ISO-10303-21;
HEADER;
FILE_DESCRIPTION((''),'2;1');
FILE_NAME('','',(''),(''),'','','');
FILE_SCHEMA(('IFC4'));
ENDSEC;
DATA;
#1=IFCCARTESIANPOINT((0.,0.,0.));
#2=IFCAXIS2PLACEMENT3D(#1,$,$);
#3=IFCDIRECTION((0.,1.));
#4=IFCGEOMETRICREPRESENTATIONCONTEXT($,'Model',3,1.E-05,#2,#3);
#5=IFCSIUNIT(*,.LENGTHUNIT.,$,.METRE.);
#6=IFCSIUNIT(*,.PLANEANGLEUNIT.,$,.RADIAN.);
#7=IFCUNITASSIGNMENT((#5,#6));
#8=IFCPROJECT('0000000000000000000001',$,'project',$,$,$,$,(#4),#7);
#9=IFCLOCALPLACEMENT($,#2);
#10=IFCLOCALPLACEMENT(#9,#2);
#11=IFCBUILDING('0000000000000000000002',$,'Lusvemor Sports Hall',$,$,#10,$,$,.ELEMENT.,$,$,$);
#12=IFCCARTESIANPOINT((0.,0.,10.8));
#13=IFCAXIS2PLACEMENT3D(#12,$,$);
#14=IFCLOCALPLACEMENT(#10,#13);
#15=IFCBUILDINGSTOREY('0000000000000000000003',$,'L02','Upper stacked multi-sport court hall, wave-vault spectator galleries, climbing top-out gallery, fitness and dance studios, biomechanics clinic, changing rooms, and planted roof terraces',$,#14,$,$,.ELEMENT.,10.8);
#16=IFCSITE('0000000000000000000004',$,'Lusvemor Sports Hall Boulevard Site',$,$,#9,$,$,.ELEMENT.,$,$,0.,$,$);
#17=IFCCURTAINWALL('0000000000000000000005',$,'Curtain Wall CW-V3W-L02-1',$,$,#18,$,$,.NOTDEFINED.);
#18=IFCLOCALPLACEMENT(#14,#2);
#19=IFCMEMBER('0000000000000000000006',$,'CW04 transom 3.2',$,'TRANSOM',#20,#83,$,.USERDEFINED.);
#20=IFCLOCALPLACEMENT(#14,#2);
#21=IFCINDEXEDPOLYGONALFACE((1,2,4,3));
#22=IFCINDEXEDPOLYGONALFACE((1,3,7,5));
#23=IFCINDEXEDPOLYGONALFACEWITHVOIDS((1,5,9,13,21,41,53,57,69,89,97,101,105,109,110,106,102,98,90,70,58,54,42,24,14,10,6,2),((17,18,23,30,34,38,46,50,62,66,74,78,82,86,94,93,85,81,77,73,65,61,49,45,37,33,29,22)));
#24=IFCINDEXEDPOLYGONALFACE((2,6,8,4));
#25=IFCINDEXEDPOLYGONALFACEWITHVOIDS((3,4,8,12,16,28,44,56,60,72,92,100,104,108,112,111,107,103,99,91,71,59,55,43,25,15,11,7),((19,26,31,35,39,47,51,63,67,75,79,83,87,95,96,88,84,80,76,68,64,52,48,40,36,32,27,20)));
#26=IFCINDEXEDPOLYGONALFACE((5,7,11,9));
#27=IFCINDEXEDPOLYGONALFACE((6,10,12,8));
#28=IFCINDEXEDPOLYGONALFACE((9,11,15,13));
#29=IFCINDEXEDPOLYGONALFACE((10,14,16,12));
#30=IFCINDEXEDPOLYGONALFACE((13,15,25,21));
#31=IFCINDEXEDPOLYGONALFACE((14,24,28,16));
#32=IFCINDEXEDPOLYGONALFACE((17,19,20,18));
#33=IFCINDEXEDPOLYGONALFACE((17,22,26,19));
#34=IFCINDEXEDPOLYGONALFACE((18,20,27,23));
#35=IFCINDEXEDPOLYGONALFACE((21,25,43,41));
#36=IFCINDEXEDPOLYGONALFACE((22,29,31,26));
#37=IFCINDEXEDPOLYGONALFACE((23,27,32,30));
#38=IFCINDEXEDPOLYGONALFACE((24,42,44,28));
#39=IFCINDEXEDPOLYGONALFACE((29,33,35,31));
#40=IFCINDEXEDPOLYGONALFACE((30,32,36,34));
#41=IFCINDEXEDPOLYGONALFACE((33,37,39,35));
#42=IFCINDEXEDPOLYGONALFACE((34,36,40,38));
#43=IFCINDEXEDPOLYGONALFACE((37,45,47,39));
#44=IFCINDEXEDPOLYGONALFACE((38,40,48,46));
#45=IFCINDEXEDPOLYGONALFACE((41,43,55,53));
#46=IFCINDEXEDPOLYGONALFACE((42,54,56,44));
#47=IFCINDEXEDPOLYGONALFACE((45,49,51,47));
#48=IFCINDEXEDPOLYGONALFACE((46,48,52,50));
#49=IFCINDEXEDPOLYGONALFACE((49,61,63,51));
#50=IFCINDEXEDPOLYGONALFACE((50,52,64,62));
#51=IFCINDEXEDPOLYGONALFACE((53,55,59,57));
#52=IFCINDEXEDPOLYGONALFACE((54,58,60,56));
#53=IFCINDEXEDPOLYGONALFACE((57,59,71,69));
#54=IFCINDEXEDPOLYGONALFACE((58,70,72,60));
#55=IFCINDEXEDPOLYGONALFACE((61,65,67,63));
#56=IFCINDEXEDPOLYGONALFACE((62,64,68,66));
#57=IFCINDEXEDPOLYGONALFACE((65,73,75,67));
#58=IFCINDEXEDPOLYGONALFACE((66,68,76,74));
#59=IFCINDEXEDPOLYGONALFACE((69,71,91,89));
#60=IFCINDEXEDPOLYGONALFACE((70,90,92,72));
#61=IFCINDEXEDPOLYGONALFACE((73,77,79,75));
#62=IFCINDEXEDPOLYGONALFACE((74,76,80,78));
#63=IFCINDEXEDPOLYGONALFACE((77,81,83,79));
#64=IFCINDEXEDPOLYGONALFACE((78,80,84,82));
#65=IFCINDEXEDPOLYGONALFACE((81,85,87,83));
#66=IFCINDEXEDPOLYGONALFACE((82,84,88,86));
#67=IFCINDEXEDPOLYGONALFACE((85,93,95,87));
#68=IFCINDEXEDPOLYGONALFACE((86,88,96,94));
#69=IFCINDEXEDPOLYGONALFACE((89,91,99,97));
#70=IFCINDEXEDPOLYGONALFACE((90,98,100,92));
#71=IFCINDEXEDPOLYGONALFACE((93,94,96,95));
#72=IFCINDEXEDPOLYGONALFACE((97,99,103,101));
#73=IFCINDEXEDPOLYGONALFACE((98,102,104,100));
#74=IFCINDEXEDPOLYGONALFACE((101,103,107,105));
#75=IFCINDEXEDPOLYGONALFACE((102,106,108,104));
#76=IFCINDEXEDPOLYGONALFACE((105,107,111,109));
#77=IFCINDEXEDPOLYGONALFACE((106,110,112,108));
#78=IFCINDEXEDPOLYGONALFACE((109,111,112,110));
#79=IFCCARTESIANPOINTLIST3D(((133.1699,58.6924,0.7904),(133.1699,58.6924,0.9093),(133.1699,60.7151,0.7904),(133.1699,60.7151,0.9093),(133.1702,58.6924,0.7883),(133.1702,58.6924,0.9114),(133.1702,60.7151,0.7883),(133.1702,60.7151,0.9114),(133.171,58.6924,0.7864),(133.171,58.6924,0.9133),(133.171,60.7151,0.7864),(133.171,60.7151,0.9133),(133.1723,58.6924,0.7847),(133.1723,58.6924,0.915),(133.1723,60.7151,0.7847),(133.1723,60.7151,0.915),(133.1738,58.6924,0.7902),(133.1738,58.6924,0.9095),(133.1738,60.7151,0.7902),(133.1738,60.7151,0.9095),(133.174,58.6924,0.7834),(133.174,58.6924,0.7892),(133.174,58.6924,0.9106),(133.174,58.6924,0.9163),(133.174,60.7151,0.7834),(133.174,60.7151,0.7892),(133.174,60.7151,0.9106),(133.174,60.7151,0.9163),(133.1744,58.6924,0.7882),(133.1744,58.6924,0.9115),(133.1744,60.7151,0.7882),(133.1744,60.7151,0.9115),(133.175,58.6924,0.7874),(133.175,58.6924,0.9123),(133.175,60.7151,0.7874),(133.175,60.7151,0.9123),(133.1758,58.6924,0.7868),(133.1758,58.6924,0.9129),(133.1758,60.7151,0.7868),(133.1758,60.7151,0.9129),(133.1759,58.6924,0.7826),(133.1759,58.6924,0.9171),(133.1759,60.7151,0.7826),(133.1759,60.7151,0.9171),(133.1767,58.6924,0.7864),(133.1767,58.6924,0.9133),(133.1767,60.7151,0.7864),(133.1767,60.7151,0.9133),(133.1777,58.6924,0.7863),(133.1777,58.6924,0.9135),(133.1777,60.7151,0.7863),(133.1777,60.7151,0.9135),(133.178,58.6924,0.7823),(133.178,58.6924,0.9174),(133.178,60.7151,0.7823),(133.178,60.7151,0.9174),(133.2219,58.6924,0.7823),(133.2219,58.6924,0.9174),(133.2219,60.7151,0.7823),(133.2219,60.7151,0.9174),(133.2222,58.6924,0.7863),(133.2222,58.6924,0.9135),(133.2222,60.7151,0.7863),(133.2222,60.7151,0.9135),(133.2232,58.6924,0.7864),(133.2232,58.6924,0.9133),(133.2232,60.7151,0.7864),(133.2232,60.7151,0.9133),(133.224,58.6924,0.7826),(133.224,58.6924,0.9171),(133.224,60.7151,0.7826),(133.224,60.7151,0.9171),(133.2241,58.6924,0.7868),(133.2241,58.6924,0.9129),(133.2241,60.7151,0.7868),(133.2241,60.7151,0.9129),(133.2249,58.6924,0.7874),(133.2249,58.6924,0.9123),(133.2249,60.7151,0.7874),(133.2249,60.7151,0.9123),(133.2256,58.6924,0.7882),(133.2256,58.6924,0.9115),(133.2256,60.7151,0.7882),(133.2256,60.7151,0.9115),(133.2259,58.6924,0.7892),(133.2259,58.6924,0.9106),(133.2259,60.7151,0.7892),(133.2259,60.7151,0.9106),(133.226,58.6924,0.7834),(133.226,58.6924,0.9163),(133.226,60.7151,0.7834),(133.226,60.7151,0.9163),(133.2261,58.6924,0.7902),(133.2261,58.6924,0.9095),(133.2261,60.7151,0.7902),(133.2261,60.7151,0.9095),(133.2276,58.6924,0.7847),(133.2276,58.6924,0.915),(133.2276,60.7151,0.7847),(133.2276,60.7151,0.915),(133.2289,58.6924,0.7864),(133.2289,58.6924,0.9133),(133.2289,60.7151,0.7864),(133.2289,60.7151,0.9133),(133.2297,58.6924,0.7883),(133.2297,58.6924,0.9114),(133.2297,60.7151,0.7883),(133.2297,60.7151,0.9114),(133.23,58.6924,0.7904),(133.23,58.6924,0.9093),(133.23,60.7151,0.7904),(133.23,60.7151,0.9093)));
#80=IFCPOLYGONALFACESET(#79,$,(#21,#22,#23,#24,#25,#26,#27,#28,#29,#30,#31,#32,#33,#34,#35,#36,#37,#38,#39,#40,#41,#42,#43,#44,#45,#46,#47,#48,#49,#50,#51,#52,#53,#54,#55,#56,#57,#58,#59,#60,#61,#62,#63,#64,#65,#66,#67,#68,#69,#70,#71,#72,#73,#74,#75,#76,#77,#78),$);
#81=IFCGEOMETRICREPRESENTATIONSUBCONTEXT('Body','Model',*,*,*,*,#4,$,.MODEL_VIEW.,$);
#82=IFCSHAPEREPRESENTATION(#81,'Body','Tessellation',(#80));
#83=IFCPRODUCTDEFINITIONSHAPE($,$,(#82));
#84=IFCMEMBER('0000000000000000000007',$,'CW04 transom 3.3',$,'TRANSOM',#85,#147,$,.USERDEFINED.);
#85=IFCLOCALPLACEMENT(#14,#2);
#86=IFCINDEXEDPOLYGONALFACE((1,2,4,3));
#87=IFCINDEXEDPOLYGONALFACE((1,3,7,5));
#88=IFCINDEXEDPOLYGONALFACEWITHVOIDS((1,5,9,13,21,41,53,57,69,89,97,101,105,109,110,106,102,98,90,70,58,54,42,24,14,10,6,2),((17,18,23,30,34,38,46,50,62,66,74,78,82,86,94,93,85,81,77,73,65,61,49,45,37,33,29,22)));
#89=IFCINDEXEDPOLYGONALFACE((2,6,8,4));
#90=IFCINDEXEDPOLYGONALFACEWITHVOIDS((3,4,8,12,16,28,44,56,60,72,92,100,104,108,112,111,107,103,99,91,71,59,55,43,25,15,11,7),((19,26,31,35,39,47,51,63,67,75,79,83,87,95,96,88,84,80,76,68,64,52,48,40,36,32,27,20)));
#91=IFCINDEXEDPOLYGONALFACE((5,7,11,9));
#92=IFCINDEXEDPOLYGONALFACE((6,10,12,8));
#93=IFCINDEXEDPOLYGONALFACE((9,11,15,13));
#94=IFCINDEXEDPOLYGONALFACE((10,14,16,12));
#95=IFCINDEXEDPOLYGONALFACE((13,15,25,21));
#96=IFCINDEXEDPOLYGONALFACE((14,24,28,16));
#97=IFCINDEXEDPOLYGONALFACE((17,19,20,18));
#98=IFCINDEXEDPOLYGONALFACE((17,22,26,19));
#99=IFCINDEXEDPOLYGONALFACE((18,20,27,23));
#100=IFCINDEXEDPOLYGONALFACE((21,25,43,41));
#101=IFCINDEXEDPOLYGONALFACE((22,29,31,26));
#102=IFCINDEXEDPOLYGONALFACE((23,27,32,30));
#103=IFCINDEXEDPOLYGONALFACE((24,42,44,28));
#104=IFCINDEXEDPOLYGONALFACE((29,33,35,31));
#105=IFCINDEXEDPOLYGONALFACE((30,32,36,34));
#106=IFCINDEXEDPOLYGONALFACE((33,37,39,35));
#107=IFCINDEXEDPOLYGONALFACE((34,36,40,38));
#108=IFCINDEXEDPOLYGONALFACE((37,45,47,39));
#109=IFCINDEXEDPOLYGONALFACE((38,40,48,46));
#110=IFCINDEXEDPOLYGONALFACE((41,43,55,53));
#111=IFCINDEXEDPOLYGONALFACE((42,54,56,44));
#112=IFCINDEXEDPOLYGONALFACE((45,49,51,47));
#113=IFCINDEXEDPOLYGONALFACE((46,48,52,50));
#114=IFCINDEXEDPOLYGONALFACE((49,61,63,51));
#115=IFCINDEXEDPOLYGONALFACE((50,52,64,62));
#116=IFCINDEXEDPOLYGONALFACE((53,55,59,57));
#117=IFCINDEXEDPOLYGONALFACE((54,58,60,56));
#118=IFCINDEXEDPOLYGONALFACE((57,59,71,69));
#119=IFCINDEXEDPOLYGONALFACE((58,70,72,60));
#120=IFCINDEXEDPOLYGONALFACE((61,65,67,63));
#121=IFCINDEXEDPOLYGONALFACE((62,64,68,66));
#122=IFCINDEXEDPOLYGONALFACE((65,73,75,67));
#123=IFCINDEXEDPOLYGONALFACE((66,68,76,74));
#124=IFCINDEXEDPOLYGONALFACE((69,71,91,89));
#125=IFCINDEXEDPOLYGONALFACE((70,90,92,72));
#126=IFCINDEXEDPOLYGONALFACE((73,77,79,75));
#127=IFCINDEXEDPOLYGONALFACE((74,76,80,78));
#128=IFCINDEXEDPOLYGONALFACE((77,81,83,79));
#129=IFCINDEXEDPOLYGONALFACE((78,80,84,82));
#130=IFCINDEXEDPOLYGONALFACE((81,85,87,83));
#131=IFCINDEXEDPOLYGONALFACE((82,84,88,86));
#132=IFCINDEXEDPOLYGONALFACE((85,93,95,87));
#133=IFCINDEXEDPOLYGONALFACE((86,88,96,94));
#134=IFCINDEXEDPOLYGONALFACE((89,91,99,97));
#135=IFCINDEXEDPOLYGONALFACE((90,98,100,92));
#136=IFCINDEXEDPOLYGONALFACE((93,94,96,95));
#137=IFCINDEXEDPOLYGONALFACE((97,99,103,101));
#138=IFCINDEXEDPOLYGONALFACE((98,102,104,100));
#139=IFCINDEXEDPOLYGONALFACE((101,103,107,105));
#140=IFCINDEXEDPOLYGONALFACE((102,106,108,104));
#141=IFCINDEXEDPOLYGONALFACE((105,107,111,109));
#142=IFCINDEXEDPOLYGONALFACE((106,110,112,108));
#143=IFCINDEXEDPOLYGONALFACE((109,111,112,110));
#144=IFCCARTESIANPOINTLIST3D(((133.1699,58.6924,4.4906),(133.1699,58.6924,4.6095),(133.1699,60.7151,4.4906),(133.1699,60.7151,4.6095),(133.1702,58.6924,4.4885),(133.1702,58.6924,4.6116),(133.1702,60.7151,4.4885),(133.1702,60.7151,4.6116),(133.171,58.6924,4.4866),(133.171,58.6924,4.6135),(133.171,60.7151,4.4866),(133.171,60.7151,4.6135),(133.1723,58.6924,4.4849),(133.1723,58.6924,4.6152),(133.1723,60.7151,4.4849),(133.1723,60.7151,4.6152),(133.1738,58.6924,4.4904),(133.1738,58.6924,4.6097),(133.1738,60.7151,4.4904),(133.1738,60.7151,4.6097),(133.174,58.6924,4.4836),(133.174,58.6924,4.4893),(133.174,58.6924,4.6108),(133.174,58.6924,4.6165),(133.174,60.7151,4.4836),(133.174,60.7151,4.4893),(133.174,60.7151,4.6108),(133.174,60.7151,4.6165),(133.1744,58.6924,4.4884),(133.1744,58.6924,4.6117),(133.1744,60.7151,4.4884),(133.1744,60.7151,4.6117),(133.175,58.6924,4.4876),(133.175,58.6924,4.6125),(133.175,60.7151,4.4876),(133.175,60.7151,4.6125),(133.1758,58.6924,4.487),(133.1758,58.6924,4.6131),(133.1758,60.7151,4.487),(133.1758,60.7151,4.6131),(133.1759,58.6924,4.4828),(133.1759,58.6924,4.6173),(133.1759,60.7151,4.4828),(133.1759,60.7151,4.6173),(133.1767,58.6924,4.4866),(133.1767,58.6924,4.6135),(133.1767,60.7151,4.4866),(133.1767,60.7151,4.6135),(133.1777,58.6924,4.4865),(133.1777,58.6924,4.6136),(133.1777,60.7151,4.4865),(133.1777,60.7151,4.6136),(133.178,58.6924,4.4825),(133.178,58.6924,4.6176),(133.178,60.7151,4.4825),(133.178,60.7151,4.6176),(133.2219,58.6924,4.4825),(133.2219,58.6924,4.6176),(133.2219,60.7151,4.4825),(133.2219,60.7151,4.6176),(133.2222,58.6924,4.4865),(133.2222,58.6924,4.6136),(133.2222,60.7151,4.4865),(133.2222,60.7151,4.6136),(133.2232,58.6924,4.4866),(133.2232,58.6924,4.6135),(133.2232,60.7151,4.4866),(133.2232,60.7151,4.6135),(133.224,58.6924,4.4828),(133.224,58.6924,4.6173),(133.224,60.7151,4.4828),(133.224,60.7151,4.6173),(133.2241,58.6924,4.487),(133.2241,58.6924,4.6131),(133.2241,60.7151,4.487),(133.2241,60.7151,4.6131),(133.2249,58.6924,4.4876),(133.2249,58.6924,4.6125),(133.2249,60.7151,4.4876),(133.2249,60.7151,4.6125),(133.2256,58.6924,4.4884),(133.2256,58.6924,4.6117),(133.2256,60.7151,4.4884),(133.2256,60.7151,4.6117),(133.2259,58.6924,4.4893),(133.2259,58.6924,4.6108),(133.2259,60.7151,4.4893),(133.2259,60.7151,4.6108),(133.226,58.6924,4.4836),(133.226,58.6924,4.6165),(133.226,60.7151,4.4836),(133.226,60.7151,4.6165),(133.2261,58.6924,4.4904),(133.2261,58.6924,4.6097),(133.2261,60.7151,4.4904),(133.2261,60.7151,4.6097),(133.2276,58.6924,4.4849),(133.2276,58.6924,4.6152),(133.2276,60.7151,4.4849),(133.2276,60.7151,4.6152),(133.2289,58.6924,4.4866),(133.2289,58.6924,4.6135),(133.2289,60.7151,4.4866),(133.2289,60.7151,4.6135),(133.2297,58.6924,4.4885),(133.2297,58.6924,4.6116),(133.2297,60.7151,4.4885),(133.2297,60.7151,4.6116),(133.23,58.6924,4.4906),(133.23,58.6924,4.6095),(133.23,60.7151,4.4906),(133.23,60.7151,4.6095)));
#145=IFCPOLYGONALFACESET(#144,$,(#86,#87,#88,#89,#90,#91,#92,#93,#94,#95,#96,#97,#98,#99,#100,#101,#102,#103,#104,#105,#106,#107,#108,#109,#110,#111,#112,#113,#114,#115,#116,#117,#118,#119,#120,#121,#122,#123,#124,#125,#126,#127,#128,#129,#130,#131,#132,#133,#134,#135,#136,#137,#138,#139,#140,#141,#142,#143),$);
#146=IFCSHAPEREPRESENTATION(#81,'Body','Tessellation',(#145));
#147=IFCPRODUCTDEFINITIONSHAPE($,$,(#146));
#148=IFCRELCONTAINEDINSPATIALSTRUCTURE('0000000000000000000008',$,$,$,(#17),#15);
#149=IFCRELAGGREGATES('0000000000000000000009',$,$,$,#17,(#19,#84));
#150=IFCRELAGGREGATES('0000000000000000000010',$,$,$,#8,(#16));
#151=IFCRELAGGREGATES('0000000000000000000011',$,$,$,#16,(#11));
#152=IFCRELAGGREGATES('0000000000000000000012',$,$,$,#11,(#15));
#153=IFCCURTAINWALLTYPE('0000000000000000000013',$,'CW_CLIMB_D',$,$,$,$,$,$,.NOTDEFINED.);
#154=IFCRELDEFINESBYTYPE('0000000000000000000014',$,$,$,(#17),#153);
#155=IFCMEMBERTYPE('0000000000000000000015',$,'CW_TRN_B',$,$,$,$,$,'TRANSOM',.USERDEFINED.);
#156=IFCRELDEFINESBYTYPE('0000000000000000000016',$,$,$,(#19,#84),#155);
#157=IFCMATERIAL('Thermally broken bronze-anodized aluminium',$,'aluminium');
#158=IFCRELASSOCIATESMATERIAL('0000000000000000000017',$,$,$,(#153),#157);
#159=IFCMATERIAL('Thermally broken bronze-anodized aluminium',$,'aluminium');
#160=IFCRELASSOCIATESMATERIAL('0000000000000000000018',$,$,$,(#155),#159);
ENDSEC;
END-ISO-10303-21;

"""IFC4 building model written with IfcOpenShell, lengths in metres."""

from ifc_helpers import new_model, si_unit, direction, frame, origin, origin_2d, place, context, subcontext, project, spatial, hollow_rectangle, extrude, material, material_profile, profile_set, type_object, element, aggregate, save


model = new_model("IFC4")

# Units and contexts
model_context = context("Model", 3, precision=1e-05, world=origin(), true_north=direction((0.0, 1.0)))
body_context = subcontext(model_context, "Body", "Model", "MODEL_VIEW")
ifc_project = project(units=[si_unit("LENGTHUNIT", "METRE"), si_unit("PLANEANGLEUNIT", "RADIAN")], contexts=[model_context])

# Site, building, storey
site_placement = place(None, origin())
site = spatial("IfcSite", under=ifc_project, at=site_placement, Name="Lusvemor Sports Hall Boulevard Site", CompositionType="ELEMENT", RefElevation=0.0)
building_placement = place(site_placement, origin())
building = spatial("IfcBuilding", under=site, at=building_placement, Name="Lusvemor Sports Hall", CompositionType="ELEMENT")
storey_placement = place(building_placement, frame((0.0, 0.0, 10.8)))
storey = spatial("IfcBuildingStorey", under=building, at=storey_placement, Name="L02", Description="Upper stacked multi-sport court hall, wave-vault spectator galleries, climbing top-out gallery, fitness and dance studios, biomechanics clinic, changing rooms, and planted roof terraces", CompositionType="ELEMENT", Elevation=10.8)

# Curtain wall, members
ifc_material_1 = material(Name="Thermally broken bronze-anodized aluminium", Category="aluminium")
curtain_wall_type = type_object("IfcCurtainWallType", Name="CW_CLIMB_D", PredefinedType="NOTDEFINED", material=ifc_material_1)
curtain_wall_placement = place(storey_placement, origin())
curtain_wall = element("IfcCurtainWall", 1, at=curtain_wall_placement, inside=storey, type_object=curtain_wall_type, Name="Curtain Wall CW-V3W-L02-1", PredefinedType="NOTDEFINED")
ifc_material_2 = material(Name="Thermally broken bronze-anodized aluminium", Category="aluminium")
ifc_material_profile_1 = material_profile(ifc_material_2, hollow_rectangle(XDim=0.0601, YDim=0.135, WallThickness=0.0039, InnerFilletRadius=0.0039, OuterFilletRadius=0.0081, at=origin_2d()), Name="CWTRN135x60x4")
ifc_profile_set_1 = profile_set([ifc_material_profile_1], Name="Thermally broken bronze-anodized aluminium")
member_type_1 = type_object("IfcMemberType", Name="CW_TRN_B", ElementType="TRANSOM", PredefinedType="USERDEFINED", material=ifc_profile_set_1)
member_1_placement = place(storey_placement, frame((133.2, 58.6924, 0.8499), z_axis=(0.0, 1.0, 0.0), x_axis=(-1.0, 0.0, 0.0)))
member_1 = element("IfcMember", 2, at=member_1_placement, type_object=member_type_1, Name="CW04 transom 3.2", ObjectType="TRANSOM", PredefinedType="USERDEFINED", context=body_context, shape_type="SweptSolid", body=[
    extrude(hollow_rectangle(XDim=0.0601, YDim=0.135, WallThickness=0.0039, InnerFilletRadius=0.0039, OuterFilletRadius=0.0081, at=origin_2d()), origin(), (0.0, 0.0, 1.0), 2.0227),
])
member_2_placement = place(storey_placement, frame((133.2, 58.6924, 4.55), z_axis=(0.0, 1.0, 0.0), x_axis=(-1.0, 0.0, 0.0)))
member_2 = element("IfcMember", 3, at=member_2_placement, type_object=member_type_1, Name="CW04 transom 3.3", ObjectType="TRANSOM", PredefinedType="USERDEFINED", context=body_context, shape_type="SweptSolid", body=[
    extrude(hollow_rectangle(XDim=0.0601, YDim=0.135, WallThickness=0.0039, InnerFilletRadius=0.0039, OuterFilletRadius=0.0081, at=origin_2d()), origin(), (0.0, 0.0, 1.0), 2.0227),
])
aggregate(curtain_wall, [member_1, member_2])

save(model, "model.ifc")
